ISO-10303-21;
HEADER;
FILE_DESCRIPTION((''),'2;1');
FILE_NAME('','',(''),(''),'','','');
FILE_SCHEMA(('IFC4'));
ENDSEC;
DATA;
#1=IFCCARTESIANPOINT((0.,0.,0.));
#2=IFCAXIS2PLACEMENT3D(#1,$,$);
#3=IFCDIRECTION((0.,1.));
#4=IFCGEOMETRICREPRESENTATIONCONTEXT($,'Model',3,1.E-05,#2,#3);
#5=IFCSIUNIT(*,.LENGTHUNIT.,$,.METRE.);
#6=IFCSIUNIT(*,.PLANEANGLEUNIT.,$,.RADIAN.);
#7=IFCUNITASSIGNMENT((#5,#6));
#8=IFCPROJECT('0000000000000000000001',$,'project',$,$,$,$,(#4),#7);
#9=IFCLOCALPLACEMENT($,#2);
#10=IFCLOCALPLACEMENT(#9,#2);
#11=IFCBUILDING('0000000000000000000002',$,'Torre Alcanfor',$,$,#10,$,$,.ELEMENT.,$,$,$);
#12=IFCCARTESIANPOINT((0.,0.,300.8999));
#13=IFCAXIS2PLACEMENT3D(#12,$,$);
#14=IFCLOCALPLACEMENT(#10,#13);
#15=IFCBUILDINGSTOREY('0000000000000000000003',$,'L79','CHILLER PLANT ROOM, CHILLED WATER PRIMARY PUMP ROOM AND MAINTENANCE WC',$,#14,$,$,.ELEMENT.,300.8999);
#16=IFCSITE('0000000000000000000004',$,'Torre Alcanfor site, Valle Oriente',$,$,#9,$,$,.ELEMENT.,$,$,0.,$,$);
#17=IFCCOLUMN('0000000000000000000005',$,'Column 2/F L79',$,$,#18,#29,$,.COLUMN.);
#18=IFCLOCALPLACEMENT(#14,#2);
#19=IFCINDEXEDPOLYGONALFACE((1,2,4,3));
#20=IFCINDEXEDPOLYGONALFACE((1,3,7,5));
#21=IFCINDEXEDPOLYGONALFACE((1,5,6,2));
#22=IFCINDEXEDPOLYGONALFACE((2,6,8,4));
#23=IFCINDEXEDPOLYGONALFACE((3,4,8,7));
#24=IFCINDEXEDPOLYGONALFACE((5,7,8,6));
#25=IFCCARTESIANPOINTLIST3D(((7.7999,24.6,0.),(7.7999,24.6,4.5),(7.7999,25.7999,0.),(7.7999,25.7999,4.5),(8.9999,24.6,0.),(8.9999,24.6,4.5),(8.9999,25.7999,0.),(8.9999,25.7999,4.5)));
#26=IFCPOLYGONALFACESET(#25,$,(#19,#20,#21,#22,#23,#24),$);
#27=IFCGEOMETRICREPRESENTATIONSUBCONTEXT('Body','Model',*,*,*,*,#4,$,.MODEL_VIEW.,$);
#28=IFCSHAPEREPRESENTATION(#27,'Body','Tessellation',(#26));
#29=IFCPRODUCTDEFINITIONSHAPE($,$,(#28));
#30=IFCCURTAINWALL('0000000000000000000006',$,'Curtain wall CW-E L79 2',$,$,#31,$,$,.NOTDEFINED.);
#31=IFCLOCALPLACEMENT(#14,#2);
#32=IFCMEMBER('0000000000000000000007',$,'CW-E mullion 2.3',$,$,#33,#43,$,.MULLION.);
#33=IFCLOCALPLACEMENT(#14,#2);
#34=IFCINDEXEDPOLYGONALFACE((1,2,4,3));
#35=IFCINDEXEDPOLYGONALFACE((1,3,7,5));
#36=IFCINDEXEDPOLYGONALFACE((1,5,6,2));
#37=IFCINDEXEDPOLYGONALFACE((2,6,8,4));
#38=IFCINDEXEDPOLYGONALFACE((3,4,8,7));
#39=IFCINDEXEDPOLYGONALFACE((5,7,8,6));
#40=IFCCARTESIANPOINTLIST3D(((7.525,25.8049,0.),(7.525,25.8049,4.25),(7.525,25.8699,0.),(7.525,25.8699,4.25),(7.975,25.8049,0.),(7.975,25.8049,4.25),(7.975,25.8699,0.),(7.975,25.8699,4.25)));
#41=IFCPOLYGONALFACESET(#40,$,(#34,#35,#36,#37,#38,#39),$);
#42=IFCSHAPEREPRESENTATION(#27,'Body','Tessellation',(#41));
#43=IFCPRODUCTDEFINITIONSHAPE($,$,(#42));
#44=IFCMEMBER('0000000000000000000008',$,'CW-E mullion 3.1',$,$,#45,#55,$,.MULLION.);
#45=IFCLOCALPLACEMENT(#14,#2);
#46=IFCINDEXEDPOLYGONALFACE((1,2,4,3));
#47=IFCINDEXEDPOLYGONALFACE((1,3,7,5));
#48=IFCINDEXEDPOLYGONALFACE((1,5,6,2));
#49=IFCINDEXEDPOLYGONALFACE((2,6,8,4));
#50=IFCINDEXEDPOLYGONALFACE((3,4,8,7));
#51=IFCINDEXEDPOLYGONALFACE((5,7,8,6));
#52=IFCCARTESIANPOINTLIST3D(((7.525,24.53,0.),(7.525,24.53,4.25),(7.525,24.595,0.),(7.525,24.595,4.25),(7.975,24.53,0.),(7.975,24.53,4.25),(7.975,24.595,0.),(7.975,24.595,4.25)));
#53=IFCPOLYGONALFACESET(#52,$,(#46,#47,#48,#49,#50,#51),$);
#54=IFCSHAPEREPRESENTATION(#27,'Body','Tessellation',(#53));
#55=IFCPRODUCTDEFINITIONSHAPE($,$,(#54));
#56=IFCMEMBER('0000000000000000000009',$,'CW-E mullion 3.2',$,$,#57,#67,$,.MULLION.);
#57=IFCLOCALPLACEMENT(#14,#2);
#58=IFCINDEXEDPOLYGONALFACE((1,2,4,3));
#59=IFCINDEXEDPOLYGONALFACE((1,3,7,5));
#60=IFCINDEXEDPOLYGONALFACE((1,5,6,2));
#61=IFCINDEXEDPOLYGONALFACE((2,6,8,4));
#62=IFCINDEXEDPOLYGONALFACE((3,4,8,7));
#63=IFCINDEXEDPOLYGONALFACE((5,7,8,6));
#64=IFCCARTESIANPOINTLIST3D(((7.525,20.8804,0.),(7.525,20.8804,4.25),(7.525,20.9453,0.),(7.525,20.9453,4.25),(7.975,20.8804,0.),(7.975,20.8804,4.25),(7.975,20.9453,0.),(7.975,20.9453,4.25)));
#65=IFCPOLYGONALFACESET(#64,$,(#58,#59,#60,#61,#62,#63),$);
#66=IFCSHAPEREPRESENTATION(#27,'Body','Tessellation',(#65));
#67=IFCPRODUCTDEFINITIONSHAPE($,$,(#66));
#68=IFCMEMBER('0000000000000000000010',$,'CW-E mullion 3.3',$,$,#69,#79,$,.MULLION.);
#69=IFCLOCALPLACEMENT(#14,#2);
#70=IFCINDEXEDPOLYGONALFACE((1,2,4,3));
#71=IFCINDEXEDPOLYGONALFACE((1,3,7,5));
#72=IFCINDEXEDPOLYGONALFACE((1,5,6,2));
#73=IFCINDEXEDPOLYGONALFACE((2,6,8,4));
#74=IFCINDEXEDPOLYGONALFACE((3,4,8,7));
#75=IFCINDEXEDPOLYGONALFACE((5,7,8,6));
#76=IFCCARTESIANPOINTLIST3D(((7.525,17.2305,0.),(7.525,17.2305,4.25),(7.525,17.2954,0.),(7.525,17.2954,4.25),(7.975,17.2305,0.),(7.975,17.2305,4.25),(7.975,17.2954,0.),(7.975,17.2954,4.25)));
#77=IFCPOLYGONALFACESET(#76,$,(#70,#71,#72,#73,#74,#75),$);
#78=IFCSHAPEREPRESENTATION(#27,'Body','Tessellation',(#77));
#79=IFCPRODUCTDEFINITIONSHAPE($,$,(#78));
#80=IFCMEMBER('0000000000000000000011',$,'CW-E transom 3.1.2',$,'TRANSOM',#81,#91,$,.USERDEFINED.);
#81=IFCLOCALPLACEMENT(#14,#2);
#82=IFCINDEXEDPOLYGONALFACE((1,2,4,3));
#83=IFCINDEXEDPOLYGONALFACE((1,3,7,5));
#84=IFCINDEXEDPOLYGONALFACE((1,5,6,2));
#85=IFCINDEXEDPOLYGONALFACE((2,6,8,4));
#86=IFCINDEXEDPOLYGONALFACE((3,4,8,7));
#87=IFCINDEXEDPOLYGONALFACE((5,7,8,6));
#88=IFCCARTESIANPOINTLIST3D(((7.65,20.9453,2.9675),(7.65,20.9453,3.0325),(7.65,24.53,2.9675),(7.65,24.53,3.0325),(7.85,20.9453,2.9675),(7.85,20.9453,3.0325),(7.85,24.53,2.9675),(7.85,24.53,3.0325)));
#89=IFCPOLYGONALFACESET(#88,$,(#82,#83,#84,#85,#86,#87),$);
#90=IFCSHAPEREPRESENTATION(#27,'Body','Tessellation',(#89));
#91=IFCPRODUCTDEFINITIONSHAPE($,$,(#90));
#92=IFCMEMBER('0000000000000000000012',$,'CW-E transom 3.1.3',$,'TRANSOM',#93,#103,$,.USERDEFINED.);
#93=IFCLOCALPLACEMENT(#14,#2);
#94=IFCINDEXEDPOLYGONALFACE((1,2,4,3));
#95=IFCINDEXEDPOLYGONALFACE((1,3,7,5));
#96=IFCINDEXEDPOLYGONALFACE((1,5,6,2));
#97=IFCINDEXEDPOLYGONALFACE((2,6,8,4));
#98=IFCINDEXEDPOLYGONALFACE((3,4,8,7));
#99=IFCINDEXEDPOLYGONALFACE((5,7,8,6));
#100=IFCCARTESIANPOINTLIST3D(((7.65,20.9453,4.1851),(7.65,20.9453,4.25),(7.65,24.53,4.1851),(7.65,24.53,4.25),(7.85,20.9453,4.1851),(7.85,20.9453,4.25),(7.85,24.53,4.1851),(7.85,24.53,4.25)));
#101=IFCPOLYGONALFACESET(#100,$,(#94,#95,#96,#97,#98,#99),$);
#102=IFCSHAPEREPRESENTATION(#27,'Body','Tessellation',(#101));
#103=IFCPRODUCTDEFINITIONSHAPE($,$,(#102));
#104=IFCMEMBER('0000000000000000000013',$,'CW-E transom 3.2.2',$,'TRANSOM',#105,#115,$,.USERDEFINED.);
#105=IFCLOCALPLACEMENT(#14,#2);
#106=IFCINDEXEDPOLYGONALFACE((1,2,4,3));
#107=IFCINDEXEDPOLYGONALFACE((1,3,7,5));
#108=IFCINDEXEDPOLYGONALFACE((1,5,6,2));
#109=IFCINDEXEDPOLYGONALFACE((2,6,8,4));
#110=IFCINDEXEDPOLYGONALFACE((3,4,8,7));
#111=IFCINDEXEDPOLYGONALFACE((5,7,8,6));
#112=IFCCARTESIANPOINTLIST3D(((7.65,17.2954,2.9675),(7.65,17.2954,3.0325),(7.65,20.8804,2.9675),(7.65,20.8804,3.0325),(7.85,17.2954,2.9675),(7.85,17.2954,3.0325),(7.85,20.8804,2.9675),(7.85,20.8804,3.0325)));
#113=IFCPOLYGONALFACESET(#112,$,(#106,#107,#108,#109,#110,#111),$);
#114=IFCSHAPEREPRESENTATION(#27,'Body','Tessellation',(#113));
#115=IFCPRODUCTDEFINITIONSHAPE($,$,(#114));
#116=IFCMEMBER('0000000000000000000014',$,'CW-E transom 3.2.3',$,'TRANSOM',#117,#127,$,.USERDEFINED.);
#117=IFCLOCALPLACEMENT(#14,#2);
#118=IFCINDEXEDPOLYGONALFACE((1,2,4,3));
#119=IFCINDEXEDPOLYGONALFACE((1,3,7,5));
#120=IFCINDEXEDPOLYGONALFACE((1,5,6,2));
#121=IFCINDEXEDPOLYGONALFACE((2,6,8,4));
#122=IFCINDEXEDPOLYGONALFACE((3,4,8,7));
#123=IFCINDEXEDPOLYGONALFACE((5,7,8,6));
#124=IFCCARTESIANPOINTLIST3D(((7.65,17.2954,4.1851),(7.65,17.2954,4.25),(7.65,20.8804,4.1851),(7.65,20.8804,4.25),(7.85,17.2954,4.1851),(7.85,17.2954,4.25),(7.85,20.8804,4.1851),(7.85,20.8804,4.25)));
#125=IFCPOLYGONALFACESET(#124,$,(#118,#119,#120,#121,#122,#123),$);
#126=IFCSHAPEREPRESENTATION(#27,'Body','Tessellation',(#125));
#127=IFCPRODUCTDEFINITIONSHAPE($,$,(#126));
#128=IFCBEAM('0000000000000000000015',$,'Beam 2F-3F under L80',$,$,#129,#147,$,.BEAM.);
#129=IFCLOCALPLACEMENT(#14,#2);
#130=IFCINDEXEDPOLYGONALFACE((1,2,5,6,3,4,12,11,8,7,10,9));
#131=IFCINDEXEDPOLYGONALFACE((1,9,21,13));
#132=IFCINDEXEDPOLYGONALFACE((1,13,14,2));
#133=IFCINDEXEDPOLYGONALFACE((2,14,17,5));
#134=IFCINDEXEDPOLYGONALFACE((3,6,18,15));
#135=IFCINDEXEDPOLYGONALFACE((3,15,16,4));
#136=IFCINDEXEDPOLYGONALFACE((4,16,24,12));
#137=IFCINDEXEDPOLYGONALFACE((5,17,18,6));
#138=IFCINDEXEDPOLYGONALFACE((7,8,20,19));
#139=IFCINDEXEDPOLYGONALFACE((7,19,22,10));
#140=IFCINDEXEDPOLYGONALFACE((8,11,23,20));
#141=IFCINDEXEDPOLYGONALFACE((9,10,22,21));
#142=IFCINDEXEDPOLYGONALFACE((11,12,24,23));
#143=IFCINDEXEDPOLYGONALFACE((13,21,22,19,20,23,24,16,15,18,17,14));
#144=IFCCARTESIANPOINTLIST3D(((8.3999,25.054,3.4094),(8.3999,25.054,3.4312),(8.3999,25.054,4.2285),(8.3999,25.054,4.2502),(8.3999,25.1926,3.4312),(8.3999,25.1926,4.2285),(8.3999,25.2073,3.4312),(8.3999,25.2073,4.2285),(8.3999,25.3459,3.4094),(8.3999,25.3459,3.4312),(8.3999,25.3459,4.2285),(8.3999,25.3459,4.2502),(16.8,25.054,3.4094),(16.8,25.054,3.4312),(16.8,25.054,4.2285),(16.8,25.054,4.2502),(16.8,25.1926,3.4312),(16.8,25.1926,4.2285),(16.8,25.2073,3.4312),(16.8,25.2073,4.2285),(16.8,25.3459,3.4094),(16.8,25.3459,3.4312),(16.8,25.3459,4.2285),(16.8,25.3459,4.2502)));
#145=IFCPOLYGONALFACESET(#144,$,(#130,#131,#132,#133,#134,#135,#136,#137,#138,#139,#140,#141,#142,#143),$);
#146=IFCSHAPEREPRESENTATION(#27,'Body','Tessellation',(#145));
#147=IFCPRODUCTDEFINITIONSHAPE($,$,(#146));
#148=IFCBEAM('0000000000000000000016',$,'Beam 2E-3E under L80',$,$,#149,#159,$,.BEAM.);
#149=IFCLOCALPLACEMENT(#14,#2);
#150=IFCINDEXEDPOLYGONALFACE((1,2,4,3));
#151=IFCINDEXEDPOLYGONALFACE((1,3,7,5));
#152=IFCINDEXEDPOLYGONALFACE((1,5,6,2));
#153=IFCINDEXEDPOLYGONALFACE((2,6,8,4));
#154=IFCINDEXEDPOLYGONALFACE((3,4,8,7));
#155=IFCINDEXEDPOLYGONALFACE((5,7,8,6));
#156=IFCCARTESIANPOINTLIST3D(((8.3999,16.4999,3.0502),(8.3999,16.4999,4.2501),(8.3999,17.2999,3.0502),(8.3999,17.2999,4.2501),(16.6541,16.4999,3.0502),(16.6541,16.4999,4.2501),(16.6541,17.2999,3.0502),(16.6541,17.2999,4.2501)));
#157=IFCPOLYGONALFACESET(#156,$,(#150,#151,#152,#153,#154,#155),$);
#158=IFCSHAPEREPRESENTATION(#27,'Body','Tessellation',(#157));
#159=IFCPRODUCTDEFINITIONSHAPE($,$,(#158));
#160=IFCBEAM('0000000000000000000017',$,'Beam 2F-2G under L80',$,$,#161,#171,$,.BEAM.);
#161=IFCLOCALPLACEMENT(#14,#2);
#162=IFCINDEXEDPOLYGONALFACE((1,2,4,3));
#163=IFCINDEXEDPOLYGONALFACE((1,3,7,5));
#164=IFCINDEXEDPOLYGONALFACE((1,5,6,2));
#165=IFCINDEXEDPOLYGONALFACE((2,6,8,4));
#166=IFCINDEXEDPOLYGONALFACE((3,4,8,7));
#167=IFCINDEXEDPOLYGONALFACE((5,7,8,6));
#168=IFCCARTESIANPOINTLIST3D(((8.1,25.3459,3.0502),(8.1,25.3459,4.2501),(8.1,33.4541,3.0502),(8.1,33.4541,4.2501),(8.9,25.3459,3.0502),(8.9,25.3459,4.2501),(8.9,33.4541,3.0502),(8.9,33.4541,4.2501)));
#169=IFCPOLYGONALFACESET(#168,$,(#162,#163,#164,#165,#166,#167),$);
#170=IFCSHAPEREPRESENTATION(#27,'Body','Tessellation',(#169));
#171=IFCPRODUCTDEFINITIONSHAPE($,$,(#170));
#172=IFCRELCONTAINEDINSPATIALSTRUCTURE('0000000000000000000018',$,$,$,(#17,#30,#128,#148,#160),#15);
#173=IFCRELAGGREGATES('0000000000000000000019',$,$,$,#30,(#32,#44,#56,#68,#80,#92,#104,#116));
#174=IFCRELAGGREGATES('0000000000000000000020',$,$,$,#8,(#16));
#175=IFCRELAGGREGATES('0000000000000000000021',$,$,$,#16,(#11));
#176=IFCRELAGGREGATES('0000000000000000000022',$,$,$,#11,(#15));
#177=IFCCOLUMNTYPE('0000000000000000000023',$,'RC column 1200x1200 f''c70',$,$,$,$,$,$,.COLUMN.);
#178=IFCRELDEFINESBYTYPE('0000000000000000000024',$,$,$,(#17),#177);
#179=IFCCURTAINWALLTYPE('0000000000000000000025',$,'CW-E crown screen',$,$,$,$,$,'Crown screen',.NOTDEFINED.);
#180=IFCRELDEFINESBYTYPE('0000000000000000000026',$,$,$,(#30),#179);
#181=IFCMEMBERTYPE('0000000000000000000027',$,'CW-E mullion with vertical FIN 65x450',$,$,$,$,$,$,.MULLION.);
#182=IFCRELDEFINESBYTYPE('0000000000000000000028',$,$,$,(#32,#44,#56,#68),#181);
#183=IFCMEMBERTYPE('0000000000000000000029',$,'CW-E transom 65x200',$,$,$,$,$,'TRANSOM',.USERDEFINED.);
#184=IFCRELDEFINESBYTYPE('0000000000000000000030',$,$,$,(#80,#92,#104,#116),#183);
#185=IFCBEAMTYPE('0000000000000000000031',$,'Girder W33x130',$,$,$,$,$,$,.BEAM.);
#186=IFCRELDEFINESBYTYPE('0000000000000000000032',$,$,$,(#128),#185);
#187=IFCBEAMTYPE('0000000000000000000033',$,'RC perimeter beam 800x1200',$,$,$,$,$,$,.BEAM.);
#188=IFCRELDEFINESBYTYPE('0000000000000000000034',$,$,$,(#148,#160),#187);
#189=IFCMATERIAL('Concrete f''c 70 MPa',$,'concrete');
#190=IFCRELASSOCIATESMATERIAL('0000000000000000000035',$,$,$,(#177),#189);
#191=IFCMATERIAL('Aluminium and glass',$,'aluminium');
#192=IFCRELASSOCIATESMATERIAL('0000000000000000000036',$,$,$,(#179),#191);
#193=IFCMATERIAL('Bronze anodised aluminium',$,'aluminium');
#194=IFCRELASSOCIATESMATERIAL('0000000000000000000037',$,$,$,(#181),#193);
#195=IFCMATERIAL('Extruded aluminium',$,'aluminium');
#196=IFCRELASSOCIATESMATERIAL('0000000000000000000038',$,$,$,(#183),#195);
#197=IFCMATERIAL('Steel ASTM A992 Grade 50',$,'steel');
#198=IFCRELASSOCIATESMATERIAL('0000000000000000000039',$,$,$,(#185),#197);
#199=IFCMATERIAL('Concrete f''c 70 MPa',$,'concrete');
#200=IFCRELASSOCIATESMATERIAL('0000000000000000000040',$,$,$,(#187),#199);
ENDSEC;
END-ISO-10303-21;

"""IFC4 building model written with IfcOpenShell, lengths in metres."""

from ifc_helpers import new_model, si_unit, direction, frame, origin, origin_2d, place, context, subcontext, project, spatial, rectangle, i_section, extrude, material, material_profile, profile_set, type_object, element, aggregate, save


model = new_model("IFC4")

# Units and contexts
model_context = context("Model", 3, precision=1e-05, world=origin(), true_north=direction((0.0, 1.0)))
body_context = subcontext(model_context, "Body", "Model", "MODEL_VIEW")
ifc_project = project(units=[si_unit("LENGTHUNIT", "METRE"), si_unit("PLANEANGLEUNIT", "RADIAN")], contexts=[model_context])

# Site, building, storey
site_placement = place(None, origin())
site = spatial("IfcSite", under=ifc_project, at=site_placement, Name="Torre Alcanfor site, Valle Oriente", CompositionType="ELEMENT", RefElevation=0.0)
building_placement = place(site_placement, origin())
building = spatial("IfcBuilding", under=site, at=building_placement, Name="Torre Alcanfor", CompositionType="ELEMENT")
storey_placement = place(building_placement, frame((0.0, 0.0, 300.8999)))
storey = spatial("IfcBuildingStorey", under=building, at=storey_placement, Name="L79", Description="CHILLER PLANT ROOM, CHILLED WATER PRIMARY PUMP ROOM AND MAINTENANCE WC", CompositionType="ELEMENT", Elevation=300.8999)

# Column
ifc_material_1 = material(Name="Concrete f'c 70 MPa", Category="concrete")
ifc_material_profile_1 = material_profile(ifc_material_1, rectangle(XDim=1.2, YDim=1.2, at=origin_2d()), Name="1200x1200")
ifc_profile_set_1 = profile_set([ifc_material_profile_1], Name="Concrete f'c 70 MPa")
column_type = type_object("IfcColumnType", Name="RC column 1200x1200 f'c70", PredefinedType="COLUMN", material=ifc_profile_set_1)
column_placement = place(storey_placement, frame((8.3999, 25.2, 0.0), z_axis=(0.0, 0.0, 1.0), x_axis=(1.0, 0.0, 0.0)))
element("IfcColumn", 1, at=column_placement, inside=storey, type_object=column_type, Name="Column 2/F L79", PredefinedType="COLUMN", context=body_context, shape_type="SweptSolid", body=[
    extrude(rectangle(XDim=1.2, YDim=1.2, at=origin_2d()), origin(), (0.0, 0.0, 1.0), 4.5),
])

# Curtain wall, members
ifc_material_2 = material(Name="Aluminium and glass", Category="aluminium")
curtain_wall_type = type_object("IfcCurtainWallType", Name="CW-E crown screen", ElementType="Crown screen", PredefinedType="NOTDEFINED", material=ifc_material_2)
curtain_wall_placement = place(storey_placement, origin())
curtain_wall = element("IfcCurtainWall", 2, at=curtain_wall_placement, inside=storey, type_object=curtain_wall_type, Name="Curtain wall CW-E L79 2", PredefinedType="NOTDEFINED")
ifc_material_3 = material(Name="Bronze anodised aluminium", Category="aluminium")
ifc_material_profile_2 = material_profile(ifc_material_3, rectangle(XDim=0.45, YDim=0.0649, at=origin_2d()), Name="CW-E mullion 65x450")
ifc_profile_set_2 = profile_set([ifc_material_profile_2], Name="Bronze anodised aluminium")
member_type_1 = type_object("IfcMemberType", Name="CW-E mullion with vertical FIN 65x450", PredefinedType="MULLION", material=ifc_profile_set_2)
member_1_placement = place(storey_placement, frame((7.75, 25.8374, 0.0), z_axis=(0.0, 0.0, 1.0), x_axis=(1.0, 0.0, 0.0)))
member_1 = element("IfcMember", 3, at=member_1_placement, type_object=member_type_1, Name="CW-E mullion 2.3", PredefinedType="MULLION", context=body_context, shape_type="SweptSolid", body=[
    extrude(rectangle(XDim=0.45, YDim=0.0649, at=origin_2d()), origin(), (0.0, 0.0, 1.0), 4.25),
])
member_2_placement = place(storey_placement, frame((7.75, 24.5625, 0.0), z_axis=(0.0, 0.0, 1.0), x_axis=(1.0, 0.0, 0.0)))
member_2 = element("IfcMember", 4, at=member_2_placement, type_object=member_type_1, Name="CW-E mullion 3.1", PredefinedType="MULLION", context=body_context, shape_type="SweptSolid", body=[
    extrude(rectangle(XDim=0.45, YDim=0.0649, at=origin_2d()), origin(), (0.0, 0.0, 1.0), 4.25),
])
member_3_placement = place(storey_placement, frame((7.75, 20.9128, 0.0), z_axis=(0.0, 0.0, 1.0), x_axis=(1.0, 0.0, 0.0)))
member_3 = element("IfcMember", 5, at=member_3_placement, type_object=member_type_1, Name="CW-E mullion 3.2", PredefinedType="MULLION", context=body_context, shape_type="SweptSolid", body=[
    extrude(rectangle(XDim=0.45, YDim=0.0649, at=origin_2d()), origin(), (0.0, 0.0, 1.0), 4.25),
])
member_4_placement = place(storey_placement, frame((7.75, 17.2629, 0.0), z_axis=(0.0, 0.0, 1.0), x_axis=(1.0, 0.0, 0.0)))
member_4 = element("IfcMember", 6, at=member_4_placement, type_object=member_type_1, Name="CW-E mullion 3.3", PredefinedType="MULLION", context=body_context, shape_type="SweptSolid", body=[
    extrude(rectangle(XDim=0.45, YDim=0.0649, at=origin_2d()), origin(), (0.0, 0.0, 1.0), 4.25),
])
ifc_material_4 = material(Name="Extruded aluminium", Category="aluminium")
ifc_material_profile_3 = material_profile(ifc_material_4, rectangle(XDim=0.2, YDim=0.0649, at=origin_2d()), Name="CW-E transom 200x65")
ifc_profile_set_3 = profile_set([ifc_material_profile_3], Name="Extruded aluminium")
member_type_2 = type_object("IfcMemberType", Name="CW-E transom 65x200", ElementType="TRANSOM", PredefinedType="USERDEFINED", material=ifc_profile_set_3)
member_5_placement = place(storey_placement, frame((7.75, 24.53, 3.0), z_axis=(0.0, -1.0, 0.0), x_axis=(1.0, 0.0, 0.0)))
member_5 = element("IfcMember", 7, at=member_5_placement, type_object=member_type_2, Name="CW-E transom 3.1.2", ObjectType="TRANSOM", PredefinedType="USERDEFINED", context=body_context, shape_type="SweptSolid", body=[
    extrude(rectangle(XDim=0.2, YDim=0.0649, at=origin_2d()), origin(), (0.0, 0.0, 1.0), 3.5847),
])
member_6_placement = place(storey_placement, frame((7.75, 24.53, 4.2175), z_axis=(0.0, -1.0, 0.0), x_axis=(1.0, 0.0, 0.0)))
member_6 = element("IfcMember", 8, at=member_6_placement, type_object=member_type_2, Name="CW-E transom 3.1.3", ObjectType="TRANSOM", PredefinedType="USERDEFINED", context=body_context, shape_type="SweptSolid", body=[
    extrude(rectangle(XDim=0.2, YDim=0.0649, at=origin_2d()), origin(), (0.0, 0.0, 1.0), 3.5847),
])
member_7_placement = place(storey_placement, frame((7.75, 20.8804, 3.0), z_axis=(0.0, -1.0, 0.0), x_axis=(1.0, 0.0, 0.0)))
member_7 = element("IfcMember", 9, at=member_7_placement, type_object=member_type_2, Name="CW-E transom 3.2.2", ObjectType="TRANSOM", PredefinedType="USERDEFINED", context=body_context, shape_type="SweptSolid", body=[
    extrude(rectangle(XDim=0.2, YDim=0.0649, at=origin_2d()), origin(), (0.0, 0.0, 1.0), 3.585),
])
member_8_placement = place(storey_placement, frame((7.75, 20.8804, 4.2175), z_axis=(0.0, -1.0, 0.0), x_axis=(1.0, 0.0, 0.0)))
member_8 = element("IfcMember", 10, at=member_8_placement, type_object=member_type_2, Name="CW-E transom 3.2.3", ObjectType="TRANSOM", PredefinedType="USERDEFINED", context=body_context, shape_type="SweptSolid", body=[
    extrude(rectangle(XDim=0.2, YDim=0.0649, at=origin_2d()), origin(), (0.0, 0.0, 1.0), 3.585),
])

# Beams
ifc_material_5 = material(Name="Steel ASTM A992 Grade 50", Category="steel")
ifc_material_profile_4 = material_profile(ifc_material_5, i_section(OverallWidth=0.292, OverallDepth=0.8408, WebThickness=0.0146, FlangeThickness=0.0217, at=origin_2d()), Name="W33x130")
ifc_profile_set_4 = profile_set([ifc_material_profile_4], Name="Steel ASTM A992 Grade 50")
beam_type_1 = type_object("IfcBeamType", Name="Girder W33x130", PredefinedType="BEAM", material=ifc_profile_set_4)
beam_1_placement = place(storey_placement, frame((8.3999, 25.2, 3.8298), z_axis=(1.0, 0.0, 0.0), x_axis=(0.0, 1.0, 0.0)))
element("IfcBeam", 11, at=beam_1_placement, inside=storey, type_object=beam_type_1, Name="Beam 2F-3F under L80", PredefinedType="BEAM", context=body_context, shape_type="SweptSolid", body=[
    extrude(i_section(OverallWidth=0.292, OverallDepth=0.8408, WebThickness=0.0146, FlangeThickness=0.0217, at=origin_2d()), origin(), (0.0, 0.0, 1.0), 8.4001),
])
ifc_material_6 = material(Name="Concrete f'c 70 MPa", Category="concrete")
ifc_material_profile_5 = material_profile(ifc_material_6, rectangle(XDim=0.8, YDim=1.2, at=origin_2d()), Name="800x1200")
ifc_profile_set_5 = profile_set([ifc_material_profile_5], Name="Concrete f'c 70 MPa")
beam_type_2 = type_object("IfcBeamType", Name="RC perimeter beam 800x1200", PredefinedType="BEAM", material=ifc_profile_set_5)
beam_2_placement = place(storey_placement, frame((8.3999, 16.8999, 3.6501), z_axis=(1.0, 0.0, 0.0), x_axis=(0.0, 1.0, 0.0)))
element("IfcBeam", 12, at=beam_2_placement, inside=storey, type_object=beam_type_2, Name="Beam 2E-3E under L80", PredefinedType="BEAM", context=body_context, shape_type="SweptSolid", body=[
    extrude(rectangle(XDim=0.8, YDim=1.2, at=origin_2d()), origin(), (0.0, 0.0, 1.0), 8.2542),
])
beam_3_placement = place(storey_placement, frame((8.5, 25.3459, 3.6501), z_axis=(0.0, 1.0, 0.0), x_axis=(-1.0, 0.0, 0.0)))
element("IfcBeam", 13, at=beam_3_placement, inside=storey, type_object=beam_type_2, Name="Beam 2F-2G under L80", PredefinedType="BEAM", context=body_context, shape_type="SweptSolid", body=[
    extrude(rectangle(XDim=0.8, YDim=1.2, at=origin_2d()), origin(), (0.0, 0.0, 1.0), 8.1082),
])

aggregate(curtain_wall, [member_1, member_2, member_3, member_4, member_5, member_6, member_7, member_8])

save(model, "model.ifc")
